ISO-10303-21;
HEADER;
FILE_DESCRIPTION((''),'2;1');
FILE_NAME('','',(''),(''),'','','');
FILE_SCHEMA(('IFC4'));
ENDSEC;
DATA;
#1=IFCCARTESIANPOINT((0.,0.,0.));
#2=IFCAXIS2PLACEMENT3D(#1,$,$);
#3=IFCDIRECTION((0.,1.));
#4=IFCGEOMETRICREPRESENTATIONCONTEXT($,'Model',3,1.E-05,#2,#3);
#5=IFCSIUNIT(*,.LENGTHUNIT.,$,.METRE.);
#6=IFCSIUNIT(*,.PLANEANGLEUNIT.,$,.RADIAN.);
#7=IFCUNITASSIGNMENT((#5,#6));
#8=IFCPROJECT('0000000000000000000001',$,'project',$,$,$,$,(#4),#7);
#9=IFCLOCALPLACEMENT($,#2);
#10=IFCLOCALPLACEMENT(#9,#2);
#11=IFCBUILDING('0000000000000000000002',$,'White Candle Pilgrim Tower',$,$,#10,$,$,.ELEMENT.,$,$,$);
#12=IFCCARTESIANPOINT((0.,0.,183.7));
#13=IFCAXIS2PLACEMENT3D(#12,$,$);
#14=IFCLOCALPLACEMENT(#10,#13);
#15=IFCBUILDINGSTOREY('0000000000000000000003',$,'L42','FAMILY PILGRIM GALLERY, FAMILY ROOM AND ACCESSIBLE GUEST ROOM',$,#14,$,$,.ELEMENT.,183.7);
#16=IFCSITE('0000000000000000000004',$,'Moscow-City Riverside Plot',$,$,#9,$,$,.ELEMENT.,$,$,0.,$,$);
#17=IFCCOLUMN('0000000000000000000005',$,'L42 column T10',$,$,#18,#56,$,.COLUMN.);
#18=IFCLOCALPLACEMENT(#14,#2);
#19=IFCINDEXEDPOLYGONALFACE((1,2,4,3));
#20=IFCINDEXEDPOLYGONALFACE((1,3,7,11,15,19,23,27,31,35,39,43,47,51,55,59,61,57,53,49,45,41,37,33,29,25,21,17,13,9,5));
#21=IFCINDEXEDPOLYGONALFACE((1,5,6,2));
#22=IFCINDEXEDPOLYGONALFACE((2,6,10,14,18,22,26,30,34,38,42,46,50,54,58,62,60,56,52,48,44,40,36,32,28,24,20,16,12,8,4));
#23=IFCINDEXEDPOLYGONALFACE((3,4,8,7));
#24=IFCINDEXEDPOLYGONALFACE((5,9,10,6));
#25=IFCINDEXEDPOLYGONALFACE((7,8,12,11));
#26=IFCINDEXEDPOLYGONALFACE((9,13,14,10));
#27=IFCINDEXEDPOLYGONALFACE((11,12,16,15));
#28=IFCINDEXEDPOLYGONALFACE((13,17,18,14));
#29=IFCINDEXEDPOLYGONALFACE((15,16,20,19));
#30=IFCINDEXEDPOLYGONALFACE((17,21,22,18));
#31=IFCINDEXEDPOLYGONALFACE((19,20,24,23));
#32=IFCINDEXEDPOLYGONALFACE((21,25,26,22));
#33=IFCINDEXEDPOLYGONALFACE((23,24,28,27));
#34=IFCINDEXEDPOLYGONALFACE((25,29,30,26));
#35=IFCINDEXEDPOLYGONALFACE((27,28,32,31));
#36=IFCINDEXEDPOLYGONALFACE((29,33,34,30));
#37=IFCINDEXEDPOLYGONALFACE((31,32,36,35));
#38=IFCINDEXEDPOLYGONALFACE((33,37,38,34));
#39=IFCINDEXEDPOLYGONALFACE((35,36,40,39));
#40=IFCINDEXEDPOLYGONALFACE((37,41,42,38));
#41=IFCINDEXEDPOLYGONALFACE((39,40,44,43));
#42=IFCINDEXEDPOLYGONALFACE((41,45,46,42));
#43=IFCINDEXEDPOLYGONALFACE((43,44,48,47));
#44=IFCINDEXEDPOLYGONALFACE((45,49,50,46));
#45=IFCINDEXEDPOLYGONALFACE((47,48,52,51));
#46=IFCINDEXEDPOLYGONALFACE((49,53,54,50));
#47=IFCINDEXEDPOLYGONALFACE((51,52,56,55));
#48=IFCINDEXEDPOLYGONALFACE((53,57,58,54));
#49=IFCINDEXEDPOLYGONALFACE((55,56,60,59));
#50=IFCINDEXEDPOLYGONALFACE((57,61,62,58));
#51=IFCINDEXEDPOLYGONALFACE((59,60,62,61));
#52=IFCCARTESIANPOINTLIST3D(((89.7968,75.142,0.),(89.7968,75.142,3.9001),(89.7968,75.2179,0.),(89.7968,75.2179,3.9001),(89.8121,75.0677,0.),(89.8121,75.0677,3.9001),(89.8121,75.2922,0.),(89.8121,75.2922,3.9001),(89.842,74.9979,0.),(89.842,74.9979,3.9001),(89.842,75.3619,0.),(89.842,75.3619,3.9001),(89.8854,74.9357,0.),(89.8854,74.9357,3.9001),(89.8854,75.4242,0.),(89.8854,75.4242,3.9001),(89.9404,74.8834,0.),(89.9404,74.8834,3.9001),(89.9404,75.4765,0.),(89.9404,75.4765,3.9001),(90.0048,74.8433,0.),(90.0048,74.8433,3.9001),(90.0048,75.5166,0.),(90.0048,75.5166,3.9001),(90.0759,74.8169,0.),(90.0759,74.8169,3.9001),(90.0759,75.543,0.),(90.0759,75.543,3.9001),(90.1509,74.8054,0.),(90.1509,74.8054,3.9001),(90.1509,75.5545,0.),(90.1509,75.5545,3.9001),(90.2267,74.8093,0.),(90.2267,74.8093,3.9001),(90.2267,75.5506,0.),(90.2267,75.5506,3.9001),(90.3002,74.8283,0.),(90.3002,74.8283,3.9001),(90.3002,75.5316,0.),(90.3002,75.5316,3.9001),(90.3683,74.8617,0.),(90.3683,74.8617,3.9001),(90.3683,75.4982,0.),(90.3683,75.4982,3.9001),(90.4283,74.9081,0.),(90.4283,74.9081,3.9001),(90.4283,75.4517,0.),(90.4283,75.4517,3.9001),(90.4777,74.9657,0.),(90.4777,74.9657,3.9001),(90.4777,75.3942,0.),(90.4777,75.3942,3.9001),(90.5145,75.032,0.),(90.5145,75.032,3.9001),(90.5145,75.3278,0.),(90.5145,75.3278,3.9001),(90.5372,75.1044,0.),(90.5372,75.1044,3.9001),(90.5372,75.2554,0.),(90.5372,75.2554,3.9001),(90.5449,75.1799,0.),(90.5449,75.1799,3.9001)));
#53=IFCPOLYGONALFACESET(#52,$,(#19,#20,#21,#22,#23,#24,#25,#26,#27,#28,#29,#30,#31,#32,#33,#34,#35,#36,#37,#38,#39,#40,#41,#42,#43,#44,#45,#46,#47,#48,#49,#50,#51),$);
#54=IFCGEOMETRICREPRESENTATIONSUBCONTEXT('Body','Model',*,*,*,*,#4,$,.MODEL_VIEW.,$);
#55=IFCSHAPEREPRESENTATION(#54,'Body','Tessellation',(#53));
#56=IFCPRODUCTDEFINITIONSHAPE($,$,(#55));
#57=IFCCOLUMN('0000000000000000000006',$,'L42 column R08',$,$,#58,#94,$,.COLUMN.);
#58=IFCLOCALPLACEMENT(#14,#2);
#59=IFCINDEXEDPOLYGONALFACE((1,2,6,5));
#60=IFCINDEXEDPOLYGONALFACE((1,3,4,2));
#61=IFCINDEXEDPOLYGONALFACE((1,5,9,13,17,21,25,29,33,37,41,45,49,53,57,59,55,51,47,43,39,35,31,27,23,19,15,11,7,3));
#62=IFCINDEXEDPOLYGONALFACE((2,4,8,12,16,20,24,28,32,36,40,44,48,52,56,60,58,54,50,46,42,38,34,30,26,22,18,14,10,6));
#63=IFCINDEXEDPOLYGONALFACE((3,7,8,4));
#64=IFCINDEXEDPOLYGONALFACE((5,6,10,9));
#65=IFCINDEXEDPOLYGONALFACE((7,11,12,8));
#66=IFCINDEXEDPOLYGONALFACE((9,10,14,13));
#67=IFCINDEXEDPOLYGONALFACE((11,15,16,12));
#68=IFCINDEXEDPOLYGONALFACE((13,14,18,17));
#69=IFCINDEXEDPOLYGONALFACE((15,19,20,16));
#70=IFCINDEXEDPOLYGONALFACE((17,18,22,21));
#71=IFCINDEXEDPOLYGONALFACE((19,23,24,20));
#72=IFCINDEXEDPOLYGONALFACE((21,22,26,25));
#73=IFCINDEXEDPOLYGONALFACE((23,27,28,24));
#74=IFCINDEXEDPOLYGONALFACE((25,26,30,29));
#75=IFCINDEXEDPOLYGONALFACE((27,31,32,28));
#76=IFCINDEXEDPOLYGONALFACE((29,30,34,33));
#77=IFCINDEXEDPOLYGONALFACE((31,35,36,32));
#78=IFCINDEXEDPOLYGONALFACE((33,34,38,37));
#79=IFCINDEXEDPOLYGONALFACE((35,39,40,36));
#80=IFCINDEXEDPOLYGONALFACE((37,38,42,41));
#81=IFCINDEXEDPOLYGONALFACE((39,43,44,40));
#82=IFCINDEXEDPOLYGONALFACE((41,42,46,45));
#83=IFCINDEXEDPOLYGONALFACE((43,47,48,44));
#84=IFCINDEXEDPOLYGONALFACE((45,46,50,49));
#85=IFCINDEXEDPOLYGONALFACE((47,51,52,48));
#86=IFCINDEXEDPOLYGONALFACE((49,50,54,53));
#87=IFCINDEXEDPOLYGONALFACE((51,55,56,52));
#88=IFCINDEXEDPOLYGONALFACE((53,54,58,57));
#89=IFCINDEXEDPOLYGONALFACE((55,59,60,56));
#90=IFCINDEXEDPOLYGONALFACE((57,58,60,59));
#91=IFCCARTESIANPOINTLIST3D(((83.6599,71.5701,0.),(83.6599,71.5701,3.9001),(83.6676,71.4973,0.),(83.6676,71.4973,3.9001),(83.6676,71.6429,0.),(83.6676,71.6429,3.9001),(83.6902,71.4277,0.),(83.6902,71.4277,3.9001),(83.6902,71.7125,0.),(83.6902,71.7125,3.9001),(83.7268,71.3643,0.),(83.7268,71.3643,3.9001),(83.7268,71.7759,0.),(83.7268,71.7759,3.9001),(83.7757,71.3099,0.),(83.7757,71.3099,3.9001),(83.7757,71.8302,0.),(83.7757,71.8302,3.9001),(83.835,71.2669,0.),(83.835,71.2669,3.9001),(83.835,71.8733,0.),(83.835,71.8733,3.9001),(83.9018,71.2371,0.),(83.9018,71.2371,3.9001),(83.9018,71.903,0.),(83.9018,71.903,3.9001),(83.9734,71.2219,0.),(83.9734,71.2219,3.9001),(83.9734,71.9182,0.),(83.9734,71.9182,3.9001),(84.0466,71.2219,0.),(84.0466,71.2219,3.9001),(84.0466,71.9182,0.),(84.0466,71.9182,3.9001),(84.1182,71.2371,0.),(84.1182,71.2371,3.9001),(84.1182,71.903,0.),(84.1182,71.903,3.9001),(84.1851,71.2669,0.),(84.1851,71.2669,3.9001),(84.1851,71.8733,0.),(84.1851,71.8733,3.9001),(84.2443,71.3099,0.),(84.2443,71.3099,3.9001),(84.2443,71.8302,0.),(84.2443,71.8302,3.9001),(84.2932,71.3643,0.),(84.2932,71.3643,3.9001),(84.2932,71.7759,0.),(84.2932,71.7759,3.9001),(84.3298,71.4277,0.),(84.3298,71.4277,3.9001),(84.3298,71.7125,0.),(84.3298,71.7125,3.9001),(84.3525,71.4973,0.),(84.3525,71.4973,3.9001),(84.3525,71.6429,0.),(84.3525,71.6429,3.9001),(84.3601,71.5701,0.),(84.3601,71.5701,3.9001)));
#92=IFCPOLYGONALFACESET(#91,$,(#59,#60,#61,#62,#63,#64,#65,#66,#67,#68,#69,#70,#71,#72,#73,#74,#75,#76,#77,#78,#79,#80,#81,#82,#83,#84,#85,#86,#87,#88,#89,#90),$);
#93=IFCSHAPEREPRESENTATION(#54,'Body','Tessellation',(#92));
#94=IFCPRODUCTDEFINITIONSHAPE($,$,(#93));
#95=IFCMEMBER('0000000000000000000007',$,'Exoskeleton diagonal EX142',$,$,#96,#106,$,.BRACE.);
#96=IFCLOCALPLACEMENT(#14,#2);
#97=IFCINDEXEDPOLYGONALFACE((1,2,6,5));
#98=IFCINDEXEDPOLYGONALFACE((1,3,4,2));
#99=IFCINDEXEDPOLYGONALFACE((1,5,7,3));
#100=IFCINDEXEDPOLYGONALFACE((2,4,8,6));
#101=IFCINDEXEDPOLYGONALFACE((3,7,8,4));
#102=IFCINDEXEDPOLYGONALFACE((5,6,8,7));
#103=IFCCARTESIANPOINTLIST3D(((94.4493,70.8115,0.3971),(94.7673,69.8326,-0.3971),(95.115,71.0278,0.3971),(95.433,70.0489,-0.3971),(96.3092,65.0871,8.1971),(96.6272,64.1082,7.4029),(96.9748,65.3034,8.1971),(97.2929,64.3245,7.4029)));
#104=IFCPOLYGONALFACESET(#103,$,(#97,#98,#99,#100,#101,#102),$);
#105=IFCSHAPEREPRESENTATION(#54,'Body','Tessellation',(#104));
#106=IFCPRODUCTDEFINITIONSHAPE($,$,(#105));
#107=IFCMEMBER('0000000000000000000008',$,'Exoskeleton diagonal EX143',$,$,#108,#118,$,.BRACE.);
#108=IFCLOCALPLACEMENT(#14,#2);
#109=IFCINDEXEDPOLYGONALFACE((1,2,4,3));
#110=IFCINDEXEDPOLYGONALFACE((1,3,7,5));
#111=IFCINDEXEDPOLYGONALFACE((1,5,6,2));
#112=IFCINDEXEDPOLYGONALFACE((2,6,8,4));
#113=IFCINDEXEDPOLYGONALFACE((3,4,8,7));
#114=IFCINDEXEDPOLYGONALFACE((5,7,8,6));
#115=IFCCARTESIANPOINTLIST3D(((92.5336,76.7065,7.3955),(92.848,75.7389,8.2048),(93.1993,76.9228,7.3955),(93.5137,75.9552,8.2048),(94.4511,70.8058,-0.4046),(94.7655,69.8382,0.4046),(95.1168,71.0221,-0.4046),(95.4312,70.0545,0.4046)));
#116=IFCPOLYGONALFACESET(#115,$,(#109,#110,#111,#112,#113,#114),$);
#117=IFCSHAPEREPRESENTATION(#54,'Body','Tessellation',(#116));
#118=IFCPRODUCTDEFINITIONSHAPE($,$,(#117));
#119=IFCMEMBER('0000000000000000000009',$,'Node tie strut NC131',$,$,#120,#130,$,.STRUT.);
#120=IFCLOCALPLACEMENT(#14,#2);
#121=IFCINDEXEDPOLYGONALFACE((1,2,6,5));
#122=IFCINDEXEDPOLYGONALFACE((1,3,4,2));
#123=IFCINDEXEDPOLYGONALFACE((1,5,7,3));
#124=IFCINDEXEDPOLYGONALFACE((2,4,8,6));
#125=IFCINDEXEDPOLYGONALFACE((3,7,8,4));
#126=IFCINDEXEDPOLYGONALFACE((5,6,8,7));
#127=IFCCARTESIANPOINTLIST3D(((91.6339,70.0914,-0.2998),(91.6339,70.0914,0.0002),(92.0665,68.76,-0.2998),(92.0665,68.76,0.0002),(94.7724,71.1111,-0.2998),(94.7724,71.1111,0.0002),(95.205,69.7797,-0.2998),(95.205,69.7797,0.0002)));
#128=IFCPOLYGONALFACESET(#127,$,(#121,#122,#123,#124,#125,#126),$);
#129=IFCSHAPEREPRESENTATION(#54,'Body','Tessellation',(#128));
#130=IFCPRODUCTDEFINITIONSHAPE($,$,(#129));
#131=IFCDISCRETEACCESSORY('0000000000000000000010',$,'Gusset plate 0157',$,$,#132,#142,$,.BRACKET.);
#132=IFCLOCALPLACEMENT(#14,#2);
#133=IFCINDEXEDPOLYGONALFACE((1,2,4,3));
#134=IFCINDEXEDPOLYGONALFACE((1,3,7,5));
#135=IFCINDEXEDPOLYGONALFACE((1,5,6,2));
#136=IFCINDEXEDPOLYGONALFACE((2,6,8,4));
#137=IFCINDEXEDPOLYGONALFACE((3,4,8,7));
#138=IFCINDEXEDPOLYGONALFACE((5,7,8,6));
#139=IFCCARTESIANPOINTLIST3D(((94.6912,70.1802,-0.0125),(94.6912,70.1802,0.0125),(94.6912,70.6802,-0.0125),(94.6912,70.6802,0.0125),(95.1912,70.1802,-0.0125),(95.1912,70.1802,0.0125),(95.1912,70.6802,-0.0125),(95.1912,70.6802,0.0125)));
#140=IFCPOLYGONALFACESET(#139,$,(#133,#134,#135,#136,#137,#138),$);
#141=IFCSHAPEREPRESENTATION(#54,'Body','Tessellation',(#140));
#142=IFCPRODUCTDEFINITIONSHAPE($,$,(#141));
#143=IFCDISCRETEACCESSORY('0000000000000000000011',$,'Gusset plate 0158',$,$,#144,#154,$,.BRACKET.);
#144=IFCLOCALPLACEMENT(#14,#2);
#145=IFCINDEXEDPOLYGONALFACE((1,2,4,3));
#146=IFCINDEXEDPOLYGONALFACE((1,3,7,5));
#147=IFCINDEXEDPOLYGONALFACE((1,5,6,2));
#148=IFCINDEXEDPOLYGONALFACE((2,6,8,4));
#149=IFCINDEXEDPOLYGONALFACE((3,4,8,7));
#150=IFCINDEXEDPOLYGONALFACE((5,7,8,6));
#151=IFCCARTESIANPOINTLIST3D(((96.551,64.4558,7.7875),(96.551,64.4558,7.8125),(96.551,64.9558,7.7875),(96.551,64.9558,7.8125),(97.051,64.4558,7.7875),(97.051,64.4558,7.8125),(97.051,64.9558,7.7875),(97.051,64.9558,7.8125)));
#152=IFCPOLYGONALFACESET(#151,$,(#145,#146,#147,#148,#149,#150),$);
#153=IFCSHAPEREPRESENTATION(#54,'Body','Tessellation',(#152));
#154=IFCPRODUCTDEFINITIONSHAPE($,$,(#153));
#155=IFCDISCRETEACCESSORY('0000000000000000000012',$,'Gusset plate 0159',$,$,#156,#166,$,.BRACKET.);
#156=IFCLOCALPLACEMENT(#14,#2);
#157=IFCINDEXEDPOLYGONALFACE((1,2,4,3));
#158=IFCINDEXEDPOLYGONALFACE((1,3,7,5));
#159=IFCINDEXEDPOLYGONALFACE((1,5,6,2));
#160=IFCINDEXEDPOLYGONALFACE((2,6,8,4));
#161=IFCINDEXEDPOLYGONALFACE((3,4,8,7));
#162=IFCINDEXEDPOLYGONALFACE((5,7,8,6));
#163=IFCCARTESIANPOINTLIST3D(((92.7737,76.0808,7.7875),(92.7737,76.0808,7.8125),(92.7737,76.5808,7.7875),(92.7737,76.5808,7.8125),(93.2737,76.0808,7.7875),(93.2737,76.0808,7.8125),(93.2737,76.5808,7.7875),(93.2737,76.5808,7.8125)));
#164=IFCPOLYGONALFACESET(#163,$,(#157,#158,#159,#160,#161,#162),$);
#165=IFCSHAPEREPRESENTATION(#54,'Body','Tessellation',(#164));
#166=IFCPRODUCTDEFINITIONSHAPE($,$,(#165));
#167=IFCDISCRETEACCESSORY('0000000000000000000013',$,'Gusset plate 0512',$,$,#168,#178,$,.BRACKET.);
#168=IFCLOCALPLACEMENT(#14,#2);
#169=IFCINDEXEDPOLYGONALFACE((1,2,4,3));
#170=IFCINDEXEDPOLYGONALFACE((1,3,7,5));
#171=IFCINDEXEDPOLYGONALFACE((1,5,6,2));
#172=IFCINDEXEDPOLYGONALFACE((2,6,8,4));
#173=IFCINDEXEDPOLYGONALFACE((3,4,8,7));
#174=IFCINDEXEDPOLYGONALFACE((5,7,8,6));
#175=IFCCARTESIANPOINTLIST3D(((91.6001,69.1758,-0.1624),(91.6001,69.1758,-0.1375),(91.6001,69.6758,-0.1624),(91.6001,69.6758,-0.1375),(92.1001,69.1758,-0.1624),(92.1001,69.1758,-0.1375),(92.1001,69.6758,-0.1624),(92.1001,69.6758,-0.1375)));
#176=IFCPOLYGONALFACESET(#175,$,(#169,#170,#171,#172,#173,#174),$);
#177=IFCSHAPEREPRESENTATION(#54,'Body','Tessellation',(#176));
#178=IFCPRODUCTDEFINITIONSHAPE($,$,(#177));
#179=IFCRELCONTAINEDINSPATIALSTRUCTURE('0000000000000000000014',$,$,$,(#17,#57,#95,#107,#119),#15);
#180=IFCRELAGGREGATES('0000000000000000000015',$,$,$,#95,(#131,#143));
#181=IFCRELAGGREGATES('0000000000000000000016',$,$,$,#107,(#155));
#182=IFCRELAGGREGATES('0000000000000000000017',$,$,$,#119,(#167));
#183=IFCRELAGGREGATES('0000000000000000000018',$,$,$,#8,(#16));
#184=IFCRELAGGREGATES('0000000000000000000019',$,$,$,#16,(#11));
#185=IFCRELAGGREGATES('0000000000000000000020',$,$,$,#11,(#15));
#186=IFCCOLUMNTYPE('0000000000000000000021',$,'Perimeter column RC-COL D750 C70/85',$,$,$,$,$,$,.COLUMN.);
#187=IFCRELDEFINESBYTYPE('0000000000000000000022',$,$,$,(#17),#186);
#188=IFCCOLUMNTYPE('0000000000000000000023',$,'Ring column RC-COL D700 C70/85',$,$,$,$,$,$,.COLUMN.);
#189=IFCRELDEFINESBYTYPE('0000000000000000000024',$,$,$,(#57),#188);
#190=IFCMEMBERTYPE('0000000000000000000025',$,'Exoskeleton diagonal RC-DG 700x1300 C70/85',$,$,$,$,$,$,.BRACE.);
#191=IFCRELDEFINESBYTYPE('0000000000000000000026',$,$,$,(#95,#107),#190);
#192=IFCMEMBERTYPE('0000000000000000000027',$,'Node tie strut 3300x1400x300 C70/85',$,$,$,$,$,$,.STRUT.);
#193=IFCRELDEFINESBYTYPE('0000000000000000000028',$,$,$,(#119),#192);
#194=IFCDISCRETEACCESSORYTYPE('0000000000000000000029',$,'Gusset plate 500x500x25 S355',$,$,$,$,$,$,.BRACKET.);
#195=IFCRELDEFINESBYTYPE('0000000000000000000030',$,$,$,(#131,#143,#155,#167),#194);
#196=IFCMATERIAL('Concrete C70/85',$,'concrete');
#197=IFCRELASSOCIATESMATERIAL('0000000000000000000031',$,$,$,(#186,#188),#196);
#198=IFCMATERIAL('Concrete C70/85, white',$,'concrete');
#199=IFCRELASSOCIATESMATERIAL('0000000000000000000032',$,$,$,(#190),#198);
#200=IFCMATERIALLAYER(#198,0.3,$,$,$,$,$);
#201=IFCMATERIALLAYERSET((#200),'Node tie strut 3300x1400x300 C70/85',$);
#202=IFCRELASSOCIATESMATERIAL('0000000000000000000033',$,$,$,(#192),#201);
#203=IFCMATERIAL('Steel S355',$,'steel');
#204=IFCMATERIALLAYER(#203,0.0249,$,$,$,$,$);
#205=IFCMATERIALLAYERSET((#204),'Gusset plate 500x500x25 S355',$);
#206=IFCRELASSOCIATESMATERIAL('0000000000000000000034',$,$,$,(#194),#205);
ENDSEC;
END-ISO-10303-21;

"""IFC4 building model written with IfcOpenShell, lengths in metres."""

from ifc_helpers import new_model, si_unit, direction, frame, origin, origin_2d, place, context, subcontext, project, spatial, rectangle, circle, extrude, material, layer, layer_set, material_profile, profile_set, type_object, element, aggregate, save


model = new_model("IFC4")

# Units and contexts
model_context = context("Model", 3, precision=1e-05, world=origin(), true_north=direction((0.0, 1.0)))
body_context = subcontext(model_context, "Body", "Model", "MODEL_VIEW")
ifc_project = project(units=[si_unit("LENGTHUNIT", "METRE"), si_unit("PLANEANGLEUNIT", "RADIAN")], contexts=[model_context])

# Site, building, storey
site_placement = place(None, origin())
site = spatial("IfcSite", under=ifc_project, at=site_placement, Name="Moscow-City Riverside Plot", CompositionType="ELEMENT", RefElevation=0.0)
building_placement = place(site_placement, origin())
building = spatial("IfcBuilding", under=site, at=building_placement, Name="White Candle Pilgrim Tower", CompositionType="ELEMENT")
storey_placement = place(building_placement, frame((0.0, 0.0, 183.7)))
storey = spatial("IfcBuildingStorey", under=building, at=storey_placement, Name="L42", Description="FAMILY PILGRIM GALLERY, FAMILY ROOM AND ACCESSIBLE GUEST ROOM", CompositionType="ELEMENT", Elevation=183.7)

# Columns
ifc_material_1 = material(Name="Concrete C70/85", Category="concrete")
ifc_material_profile_1 = material_profile(ifc_material_1, circle(Radius=0.375, at=origin_2d()), Name="RC-COL D750")
ifc_profile_set_1 = profile_set([ifc_material_profile_1], Name="Concrete C70/85")
column_type_1 = type_object("IfcColumnType", Name="Perimeter column RC-COL D750 C70/85", PredefinedType="COLUMN", material=ifc_profile_set_1)
column_1_placement = place(storey_placement, frame((90.1699, 75.1799, 0.0), z_axis=(0.0, 0.0, 1.0), x_axis=(1.0, 0.0, 0.0)))
element("IfcColumn", 1, at=column_1_placement, inside=storey, type_object=column_type_1, Name="L42 column T10", PredefinedType="COLUMN", context=body_context, shape_type="SweptSolid", body=[
    extrude(circle(Radius=0.375, at=origin_2d()), origin(), (0.0, 0.0, 1.0), 3.9001),
])
ifc_material_profile_2 = material_profile(ifc_material_1, circle(Radius=0.3501, at=origin_2d()), Name="RC-COL D700")
ifc_profile_set_2 = profile_set([ifc_material_profile_2], Name="Concrete C70/85")
column_type_2 = type_object("IfcColumnType", Name="Ring column RC-COL D700 C70/85", PredefinedType="COLUMN", material=ifc_profile_set_2)
column_2_placement = place(storey_placement, frame((84.01, 71.5701, 0.0), z_axis=(0.0, 0.0, 1.0), x_axis=(1.0, 0.0, 0.0)))
element("IfcColumn", 2, at=column_2_placement, inside=storey, type_object=column_type_2, Name="L42 column R08", PredefinedType="COLUMN", context=body_context, shape_type="SweptSolid", body=[
    extrude(circle(Radius=0.3501, at=origin_2d()), origin(), (0.0, 0.0, 1.0), 3.9001),
])

# Members
ifc_material_2 = material(Name="Concrete C70/85, white", Category="concrete")
ifc_material_profile_3 = material_profile(ifc_material_2, rectangle(XDim=0.7, YDim=1.3, at=origin_2d()), Name="RC-DG 700x1300")
ifc_profile_set_3 = profile_set([ifc_material_profile_3], Name="Concrete C70/85, white")
member_type_1 = type_object("IfcMemberType", Name="Exoskeleton diagonal RC-DG 700x1300 C70/85", PredefinedType="BRACE", material=ifc_profile_set_3)
member_1_placement = place(storey_placement, frame((94.9412, 70.4302, 0.0), z_axis=(0.188774, -0.581017, 0.791697), x_axis=(0.951061, 0.309003, 0.0)))
member_1 = element("IfcMember", 3, at=member_1_placement, inside=storey, type_object=member_type_1, Name="Exoskeleton diagonal EX142", PredefinedType="BRACE", context=body_context, shape_type="SweptSolid", body=[
    extrude(rectangle(XDim=0.7, YDim=1.3, at=origin_2d()), origin(), (0.0, 0.0, 1.0), 9.8523),
])
member_2_placement = place(storey_placement, frame((94.9412, 70.4302, 0.0), z_axis=(-0.192389, 0.592035, 0.782611), x_axis=(-0.951045, -0.309053, 0.0)))
member_2 = element("IfcMember", 4, at=member_2_placement, inside=storey, type_object=member_type_1, Name="Exoskeleton diagonal EX143", PredefinedType="BRACE", context=body_context, shape_type="SweptSolid", body=[
    extrude(rectangle(XDim=0.7, YDim=1.3, at=origin_2d()), origin(), (0.0, 0.0, 1.0), 9.9668),
])
ifc_layer_1 = layer(ifc_material_2, 0.3)
ifc_layer_set_1 = layer_set([ifc_layer_1], Name="Node tie strut 3300x1400x300 C70/85")
member_type_2 = type_object("IfcMemberType", Name="Node tie strut 3300x1400x300 C70/85", PredefinedType="STRUT", material=ifc_layer_set_1)
member_3_placement = place(storey_placement, frame((93.4194, 69.9355, -0.2998), z_axis=(0.0, 0.0, 1.0), x_axis=(-0.309017, 0.951057, 0.0)))
member_3 = element("IfcMember", 5, at=member_3_placement, inside=storey, type_object=member_type_2, Name="Node tie strut NC131", PredefinedType="STRUT", context=body_context, shape_type="SweptSolid", body=[
    extrude(rectangle(XDim=1.3999, YDim=3.3, at=origin_2d()), origin(), (0.0, 0.0, 1.0), 0.3),
])

# Discrete accessories
ifc_material_3 = material(Name="Steel S355", Category="steel")
ifc_layer_2 = layer(ifc_material_3, 0.0249)
ifc_layer_set_2 = layer_set([ifc_layer_2], Name="Gusset plate 500x500x25 S355")
discrete_accessory_type = type_object("IfcDiscreteAccessoryType", Name="Gusset plate 500x500x25 S355", PredefinedType="BRACKET", material=ifc_layer_set_2)
discrete_accessory_1_placement = place(storey_placement, frame((94.9412, 70.4302, -0.0125), z_axis=(0.0, 0.0, 1.0), x_axis=(1.0, 0.0, 0.0)))
discrete_accessory_1 = element("IfcDiscreteAccessory", 6, at=discrete_accessory_1_placement, type_object=discrete_accessory_type, Name="Gusset plate 0157", PredefinedType="BRACKET", context=body_context, shape_type="SweptSolid", body=[
    extrude(rectangle(XDim=0.5, YDim=0.5, at=origin_2d()), origin(), (0.0, 0.0, 1.0), 0.0249),
])
placement = place(building_placement, frame((0.0, 0.0, 191.5)))
discrete_accessory_2_placement = place(placement, frame((96.801, 64.7058, -0.0125), z_axis=(0.0, 0.0, 1.0), x_axis=(1.0, 0.0, 0.0)))
discrete_accessory_2 = element("IfcDiscreteAccessory", 7, at=discrete_accessory_2_placement, type_object=discrete_accessory_type, Name="Gusset plate 0158", PredefinedType="BRACKET", context=body_context, shape_type="SweptSolid", body=[
    extrude(rectangle(XDim=0.5, YDim=0.5, at=origin_2d()), origin(), (0.0, 0.0, 1.0), 0.0249),
])
aggregate(member_1, [discrete_accessory_1, discrete_accessory_2])
discrete_accessory_3_placement = place(placement, frame((93.0237, 76.3308, -0.0125), z_axis=(0.0, 0.0, 1.0), x_axis=(1.0, 0.0, 0.0)))
discrete_accessory_3 = element("IfcDiscreteAccessory", 8, at=discrete_accessory_3_placement, type_object=discrete_accessory_type, Name="Gusset plate 0159", PredefinedType="BRACKET", context=body_context, shape_type="SweptSolid", body=[
    extrude(rectangle(XDim=0.5, YDim=0.5, at=origin_2d()), origin(), (0.0, 0.0, 1.0), 0.0249),
])
aggregate(member_2, [discrete_accessory_3])
discrete_accessory_4_placement = place(storey_placement, frame((91.8501, 69.4258, -0.1624), z_axis=(0.0, 0.0, 1.0), x_axis=(1.0, 0.0, 0.0)))
discrete_accessory_4 = element("IfcDiscreteAccessory", 9, at=discrete_accessory_4_placement, type_object=discrete_accessory_type, Name="Gusset plate 0512", PredefinedType="BRACKET", context=body_context, shape_type="SweptSolid", body=[
    extrude(rectangle(XDim=0.5, YDim=0.5, at=origin_2d()), origin(), (0.0, 0.0, 1.0), 0.0249),
])
aggregate(member_3, [discrete_accessory_4])

save(model, "model.ifc")
